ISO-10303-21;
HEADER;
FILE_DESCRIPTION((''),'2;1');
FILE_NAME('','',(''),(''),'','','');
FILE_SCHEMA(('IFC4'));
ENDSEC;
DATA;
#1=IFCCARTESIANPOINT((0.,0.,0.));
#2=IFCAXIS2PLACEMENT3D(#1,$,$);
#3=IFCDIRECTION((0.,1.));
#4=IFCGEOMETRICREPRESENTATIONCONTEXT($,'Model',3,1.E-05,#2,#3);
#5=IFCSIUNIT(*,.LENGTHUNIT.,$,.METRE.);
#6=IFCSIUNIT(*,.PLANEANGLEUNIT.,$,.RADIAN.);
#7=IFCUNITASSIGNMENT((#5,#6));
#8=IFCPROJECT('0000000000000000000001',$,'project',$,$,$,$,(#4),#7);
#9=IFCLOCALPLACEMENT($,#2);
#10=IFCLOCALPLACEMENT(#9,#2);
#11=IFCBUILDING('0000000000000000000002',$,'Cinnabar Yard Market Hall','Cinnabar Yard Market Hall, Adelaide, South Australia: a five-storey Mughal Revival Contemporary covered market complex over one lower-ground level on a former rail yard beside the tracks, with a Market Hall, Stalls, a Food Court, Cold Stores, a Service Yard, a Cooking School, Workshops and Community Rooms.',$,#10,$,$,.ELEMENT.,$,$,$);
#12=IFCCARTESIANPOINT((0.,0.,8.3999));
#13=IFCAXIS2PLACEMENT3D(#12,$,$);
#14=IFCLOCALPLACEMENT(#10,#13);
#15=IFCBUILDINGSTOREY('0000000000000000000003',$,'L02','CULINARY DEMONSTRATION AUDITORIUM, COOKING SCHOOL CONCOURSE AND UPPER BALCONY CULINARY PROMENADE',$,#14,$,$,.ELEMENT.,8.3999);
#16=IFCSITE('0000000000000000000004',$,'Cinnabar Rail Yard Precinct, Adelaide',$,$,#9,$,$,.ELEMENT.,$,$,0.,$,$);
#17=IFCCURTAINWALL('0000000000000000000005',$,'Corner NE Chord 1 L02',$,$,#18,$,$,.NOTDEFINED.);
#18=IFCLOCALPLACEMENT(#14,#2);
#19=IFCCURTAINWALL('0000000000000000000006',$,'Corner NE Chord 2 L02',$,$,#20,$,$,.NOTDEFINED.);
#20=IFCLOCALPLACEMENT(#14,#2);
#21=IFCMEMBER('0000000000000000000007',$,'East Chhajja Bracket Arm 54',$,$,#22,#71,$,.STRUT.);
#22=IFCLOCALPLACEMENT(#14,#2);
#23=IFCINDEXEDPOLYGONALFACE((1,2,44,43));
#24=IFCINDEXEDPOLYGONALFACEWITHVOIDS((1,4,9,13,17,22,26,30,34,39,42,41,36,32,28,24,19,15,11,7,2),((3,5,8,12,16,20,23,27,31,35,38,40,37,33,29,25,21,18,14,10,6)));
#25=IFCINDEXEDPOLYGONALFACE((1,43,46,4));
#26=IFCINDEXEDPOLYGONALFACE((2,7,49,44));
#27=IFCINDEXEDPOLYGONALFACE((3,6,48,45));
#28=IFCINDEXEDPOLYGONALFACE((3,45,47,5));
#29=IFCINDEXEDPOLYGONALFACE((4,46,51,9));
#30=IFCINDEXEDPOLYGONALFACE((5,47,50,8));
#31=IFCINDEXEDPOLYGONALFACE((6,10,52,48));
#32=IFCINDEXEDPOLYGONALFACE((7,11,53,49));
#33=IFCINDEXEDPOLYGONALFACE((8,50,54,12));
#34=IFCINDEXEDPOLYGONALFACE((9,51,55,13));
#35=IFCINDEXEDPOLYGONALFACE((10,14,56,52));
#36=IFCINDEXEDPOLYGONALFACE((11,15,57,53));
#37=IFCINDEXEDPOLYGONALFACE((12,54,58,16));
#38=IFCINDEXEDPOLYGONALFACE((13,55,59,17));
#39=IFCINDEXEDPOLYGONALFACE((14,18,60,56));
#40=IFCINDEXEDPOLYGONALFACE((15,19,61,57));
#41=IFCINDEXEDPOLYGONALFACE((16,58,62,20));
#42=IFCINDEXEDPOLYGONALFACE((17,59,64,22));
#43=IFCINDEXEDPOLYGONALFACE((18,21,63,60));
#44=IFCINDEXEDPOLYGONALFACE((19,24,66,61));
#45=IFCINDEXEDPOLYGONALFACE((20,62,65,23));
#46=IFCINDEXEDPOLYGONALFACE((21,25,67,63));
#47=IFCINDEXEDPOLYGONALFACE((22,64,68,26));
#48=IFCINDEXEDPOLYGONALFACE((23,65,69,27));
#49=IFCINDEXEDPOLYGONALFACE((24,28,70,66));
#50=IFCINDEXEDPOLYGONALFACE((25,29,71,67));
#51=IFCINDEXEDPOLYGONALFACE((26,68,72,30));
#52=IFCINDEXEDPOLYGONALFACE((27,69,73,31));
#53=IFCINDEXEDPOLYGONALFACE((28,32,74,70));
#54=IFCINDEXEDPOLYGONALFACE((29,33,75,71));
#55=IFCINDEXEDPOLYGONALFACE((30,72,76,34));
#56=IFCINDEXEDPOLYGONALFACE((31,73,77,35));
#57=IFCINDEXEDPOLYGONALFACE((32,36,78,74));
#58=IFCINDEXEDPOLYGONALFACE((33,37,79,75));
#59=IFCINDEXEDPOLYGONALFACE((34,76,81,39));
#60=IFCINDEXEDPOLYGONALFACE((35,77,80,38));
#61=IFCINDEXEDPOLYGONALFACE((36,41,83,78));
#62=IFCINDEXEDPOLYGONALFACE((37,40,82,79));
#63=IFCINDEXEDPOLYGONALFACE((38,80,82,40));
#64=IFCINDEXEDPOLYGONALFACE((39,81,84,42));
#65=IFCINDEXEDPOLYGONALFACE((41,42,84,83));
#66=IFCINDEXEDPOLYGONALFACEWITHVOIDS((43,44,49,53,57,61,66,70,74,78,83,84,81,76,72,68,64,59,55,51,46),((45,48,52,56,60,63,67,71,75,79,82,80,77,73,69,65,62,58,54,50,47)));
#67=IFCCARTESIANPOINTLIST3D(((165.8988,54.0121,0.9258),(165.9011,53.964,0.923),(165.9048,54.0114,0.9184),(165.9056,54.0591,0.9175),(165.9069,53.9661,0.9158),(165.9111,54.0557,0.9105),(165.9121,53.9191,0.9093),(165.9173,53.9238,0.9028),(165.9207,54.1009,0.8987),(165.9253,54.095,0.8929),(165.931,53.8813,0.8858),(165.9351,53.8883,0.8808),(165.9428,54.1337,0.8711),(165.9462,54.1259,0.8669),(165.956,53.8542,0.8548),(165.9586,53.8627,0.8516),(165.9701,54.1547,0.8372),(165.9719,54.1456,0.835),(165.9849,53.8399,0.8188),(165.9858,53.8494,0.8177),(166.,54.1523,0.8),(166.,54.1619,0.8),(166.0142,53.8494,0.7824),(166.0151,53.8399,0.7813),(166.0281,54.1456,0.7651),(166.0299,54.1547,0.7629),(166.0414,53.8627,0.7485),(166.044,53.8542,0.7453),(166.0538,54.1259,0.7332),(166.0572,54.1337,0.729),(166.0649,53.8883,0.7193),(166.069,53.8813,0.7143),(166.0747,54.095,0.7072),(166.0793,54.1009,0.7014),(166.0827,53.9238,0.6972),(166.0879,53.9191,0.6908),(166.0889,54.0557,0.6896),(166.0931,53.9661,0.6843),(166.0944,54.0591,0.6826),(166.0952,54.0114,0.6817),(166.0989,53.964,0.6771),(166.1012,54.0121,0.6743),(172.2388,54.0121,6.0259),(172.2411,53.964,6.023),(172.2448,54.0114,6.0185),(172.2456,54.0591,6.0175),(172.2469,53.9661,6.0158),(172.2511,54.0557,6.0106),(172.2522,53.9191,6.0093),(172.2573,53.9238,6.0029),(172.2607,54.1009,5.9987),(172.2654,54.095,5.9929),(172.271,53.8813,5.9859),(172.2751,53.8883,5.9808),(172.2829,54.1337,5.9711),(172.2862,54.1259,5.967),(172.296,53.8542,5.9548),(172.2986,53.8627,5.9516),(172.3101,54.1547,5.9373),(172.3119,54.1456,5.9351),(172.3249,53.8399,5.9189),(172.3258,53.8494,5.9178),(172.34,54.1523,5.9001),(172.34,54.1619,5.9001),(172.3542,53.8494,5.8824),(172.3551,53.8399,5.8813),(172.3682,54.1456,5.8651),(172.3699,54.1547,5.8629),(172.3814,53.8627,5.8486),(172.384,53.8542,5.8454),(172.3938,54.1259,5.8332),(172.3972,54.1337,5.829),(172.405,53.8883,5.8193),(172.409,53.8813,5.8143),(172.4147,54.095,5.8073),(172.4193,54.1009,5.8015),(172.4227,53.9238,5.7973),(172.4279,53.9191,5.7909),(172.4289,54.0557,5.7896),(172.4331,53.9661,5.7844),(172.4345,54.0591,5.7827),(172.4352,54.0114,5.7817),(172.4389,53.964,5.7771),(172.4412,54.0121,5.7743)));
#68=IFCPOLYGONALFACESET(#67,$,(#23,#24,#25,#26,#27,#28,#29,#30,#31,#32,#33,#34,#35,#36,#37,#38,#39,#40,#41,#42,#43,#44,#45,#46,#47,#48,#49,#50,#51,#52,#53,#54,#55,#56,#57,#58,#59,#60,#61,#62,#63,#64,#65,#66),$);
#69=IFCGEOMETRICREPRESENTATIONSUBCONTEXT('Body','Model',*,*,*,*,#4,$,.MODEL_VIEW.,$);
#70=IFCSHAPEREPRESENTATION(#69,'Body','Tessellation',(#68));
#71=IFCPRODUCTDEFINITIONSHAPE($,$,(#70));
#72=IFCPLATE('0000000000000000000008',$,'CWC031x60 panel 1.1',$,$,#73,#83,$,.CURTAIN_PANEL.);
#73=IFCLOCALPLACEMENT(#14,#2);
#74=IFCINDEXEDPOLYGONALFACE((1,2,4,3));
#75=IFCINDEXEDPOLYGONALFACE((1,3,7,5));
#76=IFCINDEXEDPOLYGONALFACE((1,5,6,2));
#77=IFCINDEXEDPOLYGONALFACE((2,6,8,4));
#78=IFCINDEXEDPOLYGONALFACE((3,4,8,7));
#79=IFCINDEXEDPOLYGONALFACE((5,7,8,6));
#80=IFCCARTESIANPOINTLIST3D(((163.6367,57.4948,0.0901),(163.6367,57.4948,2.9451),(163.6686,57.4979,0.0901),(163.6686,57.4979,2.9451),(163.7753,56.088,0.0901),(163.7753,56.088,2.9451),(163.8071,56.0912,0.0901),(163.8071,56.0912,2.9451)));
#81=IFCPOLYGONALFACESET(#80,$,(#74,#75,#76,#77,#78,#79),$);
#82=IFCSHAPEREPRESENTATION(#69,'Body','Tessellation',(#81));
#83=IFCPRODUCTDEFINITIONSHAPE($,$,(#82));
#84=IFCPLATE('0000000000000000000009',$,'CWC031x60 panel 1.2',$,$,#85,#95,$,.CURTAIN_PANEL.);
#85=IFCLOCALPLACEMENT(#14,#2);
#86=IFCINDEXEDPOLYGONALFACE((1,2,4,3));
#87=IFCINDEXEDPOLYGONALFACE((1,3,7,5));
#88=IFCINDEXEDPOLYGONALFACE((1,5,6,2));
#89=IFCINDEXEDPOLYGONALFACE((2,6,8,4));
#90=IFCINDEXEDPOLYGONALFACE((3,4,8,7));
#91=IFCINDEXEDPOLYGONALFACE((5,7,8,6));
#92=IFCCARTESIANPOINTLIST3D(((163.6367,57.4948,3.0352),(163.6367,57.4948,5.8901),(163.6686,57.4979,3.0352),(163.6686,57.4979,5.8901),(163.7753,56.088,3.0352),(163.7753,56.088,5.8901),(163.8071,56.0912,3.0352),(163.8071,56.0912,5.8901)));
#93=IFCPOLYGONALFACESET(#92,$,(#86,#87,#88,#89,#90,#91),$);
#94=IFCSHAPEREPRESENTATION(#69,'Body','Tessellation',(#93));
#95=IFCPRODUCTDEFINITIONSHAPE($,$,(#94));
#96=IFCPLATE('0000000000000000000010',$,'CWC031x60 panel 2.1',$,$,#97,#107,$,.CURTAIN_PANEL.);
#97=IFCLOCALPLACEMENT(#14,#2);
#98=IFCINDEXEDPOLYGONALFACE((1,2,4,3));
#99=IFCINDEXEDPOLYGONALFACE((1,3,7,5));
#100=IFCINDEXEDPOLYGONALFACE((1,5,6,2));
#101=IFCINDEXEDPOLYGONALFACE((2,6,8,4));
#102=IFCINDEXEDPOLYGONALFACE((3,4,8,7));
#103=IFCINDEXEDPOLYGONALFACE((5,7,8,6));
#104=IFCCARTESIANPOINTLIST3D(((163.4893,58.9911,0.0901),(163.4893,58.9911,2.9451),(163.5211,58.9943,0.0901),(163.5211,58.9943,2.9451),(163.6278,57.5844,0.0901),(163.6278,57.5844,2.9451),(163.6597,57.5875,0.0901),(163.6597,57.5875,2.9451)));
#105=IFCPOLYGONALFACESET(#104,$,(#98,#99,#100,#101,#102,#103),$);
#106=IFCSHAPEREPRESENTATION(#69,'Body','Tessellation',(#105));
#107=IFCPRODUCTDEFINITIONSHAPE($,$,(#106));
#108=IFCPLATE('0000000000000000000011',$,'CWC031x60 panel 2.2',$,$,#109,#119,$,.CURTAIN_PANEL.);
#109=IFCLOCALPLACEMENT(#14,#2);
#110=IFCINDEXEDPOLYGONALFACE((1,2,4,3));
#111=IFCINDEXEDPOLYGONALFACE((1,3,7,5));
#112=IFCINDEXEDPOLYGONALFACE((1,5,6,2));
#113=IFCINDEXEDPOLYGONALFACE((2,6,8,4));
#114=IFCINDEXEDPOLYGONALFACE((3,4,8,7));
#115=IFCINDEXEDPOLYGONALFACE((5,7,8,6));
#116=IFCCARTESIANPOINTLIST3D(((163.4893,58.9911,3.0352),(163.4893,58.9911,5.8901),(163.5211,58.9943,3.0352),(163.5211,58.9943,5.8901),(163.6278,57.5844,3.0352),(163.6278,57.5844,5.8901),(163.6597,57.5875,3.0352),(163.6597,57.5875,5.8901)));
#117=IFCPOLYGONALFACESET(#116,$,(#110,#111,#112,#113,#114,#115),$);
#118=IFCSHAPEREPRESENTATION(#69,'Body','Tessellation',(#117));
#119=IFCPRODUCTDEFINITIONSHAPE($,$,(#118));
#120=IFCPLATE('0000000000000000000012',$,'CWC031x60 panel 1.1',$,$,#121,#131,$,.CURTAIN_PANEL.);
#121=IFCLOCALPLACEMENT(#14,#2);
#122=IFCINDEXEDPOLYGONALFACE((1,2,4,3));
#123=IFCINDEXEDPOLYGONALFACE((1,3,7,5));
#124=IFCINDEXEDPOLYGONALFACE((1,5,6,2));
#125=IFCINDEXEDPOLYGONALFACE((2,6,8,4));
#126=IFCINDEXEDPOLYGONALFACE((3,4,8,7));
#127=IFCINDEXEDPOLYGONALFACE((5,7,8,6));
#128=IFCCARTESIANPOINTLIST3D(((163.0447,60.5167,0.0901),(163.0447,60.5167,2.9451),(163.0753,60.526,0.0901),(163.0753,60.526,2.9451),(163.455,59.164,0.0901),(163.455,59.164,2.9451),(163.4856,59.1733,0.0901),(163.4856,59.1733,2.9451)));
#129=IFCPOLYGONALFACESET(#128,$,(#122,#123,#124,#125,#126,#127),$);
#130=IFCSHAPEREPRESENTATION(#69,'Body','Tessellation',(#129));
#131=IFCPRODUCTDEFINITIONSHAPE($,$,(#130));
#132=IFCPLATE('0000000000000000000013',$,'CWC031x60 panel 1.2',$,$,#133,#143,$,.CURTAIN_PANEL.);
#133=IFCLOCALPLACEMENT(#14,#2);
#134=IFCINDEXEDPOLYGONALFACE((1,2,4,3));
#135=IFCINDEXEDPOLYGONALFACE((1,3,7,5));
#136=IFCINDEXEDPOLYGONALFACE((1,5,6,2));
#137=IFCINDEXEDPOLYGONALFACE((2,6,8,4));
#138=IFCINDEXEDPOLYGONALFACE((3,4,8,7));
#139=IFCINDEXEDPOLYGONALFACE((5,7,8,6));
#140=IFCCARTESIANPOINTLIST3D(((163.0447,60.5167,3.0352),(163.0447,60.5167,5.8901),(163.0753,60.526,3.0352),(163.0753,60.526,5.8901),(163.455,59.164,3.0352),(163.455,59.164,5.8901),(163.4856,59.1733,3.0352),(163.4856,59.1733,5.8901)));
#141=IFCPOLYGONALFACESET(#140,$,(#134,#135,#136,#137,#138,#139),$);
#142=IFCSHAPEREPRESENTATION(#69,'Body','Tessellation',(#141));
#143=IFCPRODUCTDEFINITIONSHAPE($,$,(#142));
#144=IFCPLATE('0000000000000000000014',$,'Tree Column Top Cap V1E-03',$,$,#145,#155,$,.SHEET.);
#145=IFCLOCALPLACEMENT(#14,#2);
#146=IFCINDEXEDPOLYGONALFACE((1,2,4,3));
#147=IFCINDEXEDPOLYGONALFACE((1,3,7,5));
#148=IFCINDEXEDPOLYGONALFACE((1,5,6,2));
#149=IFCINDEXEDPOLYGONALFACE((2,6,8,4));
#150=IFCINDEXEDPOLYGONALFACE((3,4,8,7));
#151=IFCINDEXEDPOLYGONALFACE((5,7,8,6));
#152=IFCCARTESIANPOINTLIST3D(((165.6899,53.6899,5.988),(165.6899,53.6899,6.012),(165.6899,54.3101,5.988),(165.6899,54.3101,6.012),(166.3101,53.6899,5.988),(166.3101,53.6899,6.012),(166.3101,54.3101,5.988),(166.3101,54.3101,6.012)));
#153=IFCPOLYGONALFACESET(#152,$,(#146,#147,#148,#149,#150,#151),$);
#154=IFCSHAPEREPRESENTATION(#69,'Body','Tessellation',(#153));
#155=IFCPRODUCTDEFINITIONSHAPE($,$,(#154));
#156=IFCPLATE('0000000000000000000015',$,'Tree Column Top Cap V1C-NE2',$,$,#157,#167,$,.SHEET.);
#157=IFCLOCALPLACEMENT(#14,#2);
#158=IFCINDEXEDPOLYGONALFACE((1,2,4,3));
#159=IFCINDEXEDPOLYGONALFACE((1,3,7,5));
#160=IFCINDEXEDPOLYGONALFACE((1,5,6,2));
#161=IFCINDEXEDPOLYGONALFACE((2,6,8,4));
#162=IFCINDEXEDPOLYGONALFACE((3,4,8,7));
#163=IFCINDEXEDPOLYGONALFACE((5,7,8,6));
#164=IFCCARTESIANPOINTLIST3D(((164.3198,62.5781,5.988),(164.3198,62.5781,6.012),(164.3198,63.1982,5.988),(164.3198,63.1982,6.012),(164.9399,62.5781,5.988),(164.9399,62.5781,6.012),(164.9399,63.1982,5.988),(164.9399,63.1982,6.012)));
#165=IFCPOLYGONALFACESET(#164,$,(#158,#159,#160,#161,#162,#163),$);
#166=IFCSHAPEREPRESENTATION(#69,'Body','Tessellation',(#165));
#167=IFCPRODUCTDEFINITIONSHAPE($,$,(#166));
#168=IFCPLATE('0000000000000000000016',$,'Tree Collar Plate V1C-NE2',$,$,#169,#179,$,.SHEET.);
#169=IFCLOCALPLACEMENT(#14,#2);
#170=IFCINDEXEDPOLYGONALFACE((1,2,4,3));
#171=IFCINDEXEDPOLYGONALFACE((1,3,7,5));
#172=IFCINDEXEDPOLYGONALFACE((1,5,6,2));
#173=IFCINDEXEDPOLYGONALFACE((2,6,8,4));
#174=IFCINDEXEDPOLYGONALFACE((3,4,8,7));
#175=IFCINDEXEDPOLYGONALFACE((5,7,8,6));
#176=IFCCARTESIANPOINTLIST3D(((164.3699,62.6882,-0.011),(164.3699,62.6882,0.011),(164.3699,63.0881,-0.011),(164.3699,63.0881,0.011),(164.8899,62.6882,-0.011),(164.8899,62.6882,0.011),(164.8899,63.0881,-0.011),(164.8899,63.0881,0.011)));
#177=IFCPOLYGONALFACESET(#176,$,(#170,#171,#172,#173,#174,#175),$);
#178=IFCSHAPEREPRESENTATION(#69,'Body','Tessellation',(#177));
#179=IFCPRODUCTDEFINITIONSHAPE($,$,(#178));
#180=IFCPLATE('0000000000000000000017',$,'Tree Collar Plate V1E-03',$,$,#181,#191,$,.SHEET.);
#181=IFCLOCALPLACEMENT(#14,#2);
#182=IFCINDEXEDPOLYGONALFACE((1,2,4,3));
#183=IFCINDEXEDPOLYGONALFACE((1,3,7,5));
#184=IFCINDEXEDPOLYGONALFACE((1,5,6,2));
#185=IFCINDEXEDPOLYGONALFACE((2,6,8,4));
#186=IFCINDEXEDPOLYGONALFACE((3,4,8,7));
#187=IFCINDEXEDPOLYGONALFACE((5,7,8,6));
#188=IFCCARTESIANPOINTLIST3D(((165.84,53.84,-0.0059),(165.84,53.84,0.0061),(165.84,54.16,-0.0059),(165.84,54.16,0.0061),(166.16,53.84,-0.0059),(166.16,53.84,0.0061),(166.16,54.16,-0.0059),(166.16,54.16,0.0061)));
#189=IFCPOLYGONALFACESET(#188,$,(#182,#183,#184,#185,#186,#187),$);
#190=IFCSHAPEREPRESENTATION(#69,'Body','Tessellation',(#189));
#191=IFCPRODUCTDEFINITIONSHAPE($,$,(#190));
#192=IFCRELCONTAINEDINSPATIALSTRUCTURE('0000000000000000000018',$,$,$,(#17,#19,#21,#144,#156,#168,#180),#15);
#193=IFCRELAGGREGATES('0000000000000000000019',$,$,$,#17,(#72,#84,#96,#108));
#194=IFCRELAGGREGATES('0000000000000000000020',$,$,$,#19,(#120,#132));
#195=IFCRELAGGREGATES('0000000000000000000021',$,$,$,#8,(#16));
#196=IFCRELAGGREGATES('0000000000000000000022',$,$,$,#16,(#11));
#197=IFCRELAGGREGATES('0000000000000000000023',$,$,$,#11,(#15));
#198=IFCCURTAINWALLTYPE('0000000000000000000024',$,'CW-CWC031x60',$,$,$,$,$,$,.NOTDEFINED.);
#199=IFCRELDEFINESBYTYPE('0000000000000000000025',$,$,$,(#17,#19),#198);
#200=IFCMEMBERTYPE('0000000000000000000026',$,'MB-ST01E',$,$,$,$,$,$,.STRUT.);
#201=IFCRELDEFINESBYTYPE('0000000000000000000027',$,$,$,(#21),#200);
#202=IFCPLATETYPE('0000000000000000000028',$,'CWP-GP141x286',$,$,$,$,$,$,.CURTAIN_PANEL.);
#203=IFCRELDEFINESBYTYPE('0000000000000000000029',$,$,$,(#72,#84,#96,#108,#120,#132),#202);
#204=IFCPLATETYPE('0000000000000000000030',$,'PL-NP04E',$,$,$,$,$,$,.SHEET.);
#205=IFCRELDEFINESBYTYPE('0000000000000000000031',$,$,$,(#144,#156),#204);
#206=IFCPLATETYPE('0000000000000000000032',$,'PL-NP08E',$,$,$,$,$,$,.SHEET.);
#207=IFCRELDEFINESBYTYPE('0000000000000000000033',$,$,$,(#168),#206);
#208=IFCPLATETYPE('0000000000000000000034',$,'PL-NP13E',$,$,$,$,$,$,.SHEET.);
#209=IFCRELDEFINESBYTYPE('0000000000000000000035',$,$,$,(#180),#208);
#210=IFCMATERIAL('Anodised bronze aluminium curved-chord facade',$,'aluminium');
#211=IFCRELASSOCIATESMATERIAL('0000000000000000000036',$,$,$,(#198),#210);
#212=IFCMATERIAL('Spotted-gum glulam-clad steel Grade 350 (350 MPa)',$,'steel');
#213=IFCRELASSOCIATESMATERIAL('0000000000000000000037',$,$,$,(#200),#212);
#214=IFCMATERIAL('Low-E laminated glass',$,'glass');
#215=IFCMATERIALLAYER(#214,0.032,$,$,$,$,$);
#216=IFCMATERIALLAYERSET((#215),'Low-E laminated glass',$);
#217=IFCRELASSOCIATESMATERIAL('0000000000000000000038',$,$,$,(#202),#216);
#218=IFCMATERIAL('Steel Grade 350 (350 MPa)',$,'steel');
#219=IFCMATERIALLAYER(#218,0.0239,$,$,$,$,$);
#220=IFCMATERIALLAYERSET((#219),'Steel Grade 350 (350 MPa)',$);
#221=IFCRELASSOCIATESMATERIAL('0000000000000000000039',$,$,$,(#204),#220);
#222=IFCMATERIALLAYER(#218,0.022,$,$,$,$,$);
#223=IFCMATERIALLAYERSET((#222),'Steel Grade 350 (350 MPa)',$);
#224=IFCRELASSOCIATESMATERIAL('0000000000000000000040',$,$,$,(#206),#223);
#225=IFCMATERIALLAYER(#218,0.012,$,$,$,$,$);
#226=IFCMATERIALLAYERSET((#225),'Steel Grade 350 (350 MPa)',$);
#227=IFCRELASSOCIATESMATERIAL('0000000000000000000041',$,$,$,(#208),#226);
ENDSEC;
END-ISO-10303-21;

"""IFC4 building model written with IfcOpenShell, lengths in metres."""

from ifc_helpers import new_model, si_unit, direction, frame, origin, origin_2d_with_axis, place, context, subcontext, project, spatial, rectangle, hollow_circle, extrude, material, layer, layer_set, material_profile, profile_set, type_object, element, aggregate, save


model = new_model("IFC4")

# Units and contexts
model_context = context("Model", 3, precision=1e-05, world=origin(), true_north=direction((0.0, 1.0)))
body_context = subcontext(model_context, "Body", "Model", "MODEL_VIEW")
ifc_project = project(units=[si_unit("LENGTHUNIT", "METRE"), si_unit("PLANEANGLEUNIT", "RADIAN")], contexts=[model_context])

# Site, building, storey
site_placement = place(None, origin())
site = spatial("IfcSite", under=ifc_project, at=site_placement, Name="Cinnabar Rail Yard Precinct, Adelaide", CompositionType="ELEMENT", RefElevation=0.0)
building_placement = place(site_placement, origin())
building = spatial("IfcBuilding", under=site, at=building_placement, Name="Cinnabar Yard Market Hall", Description="Cinnabar Yard Market Hall, Adelaide, South Australia: a five-storey Mughal Revival Contemporary covered market complex over one lower-ground level on a former rail yard beside the tracks, with a Market Hall, Stalls, a Food Court, Cold Stores, a Service Yard, a Cooking School, Workshops and Community Rooms.", CompositionType="ELEMENT")
storey_placement = place(building_placement, frame((0.0, 0.0, 8.3999)))
storey = spatial("IfcBuildingStorey", under=building, at=storey_placement, Name="L02", Description="CULINARY DEMONSTRATION AUDITORIUM, COOKING SCHOOL CONCOURSE AND UPPER BALCONY CULINARY PROMENADE", CompositionType="ELEMENT", Elevation=8.3999)

# Shared definitions
ifc_material_1 = material(Name="Spotted-gum glulam-clad steel Grade 350 (350 MPa)", Category="steel")

# Curtain walls
ifc_material_2 = material(Name="Anodised bronze aluminium curved-chord facade", Category="aluminium")
curtain_wall_type_1 = type_object("IfcCurtainWallType", Name="CW-CWC031x60", PredefinedType="NOTDEFINED", material=ifc_material_2)
curtain_wall_1_placement = place(storey_placement, origin())
curtain_wall_1 = element("IfcCurtainWall", 1, at=curtain_wall_1_placement, inside=storey, type_object=curtain_wall_type_1, Name="Corner NE Chord 1 L02", PredefinedType="NOTDEFINED")
curtain_wall_2_placement = place(storey_placement, origin())
curtain_wall_2 = element("IfcCurtainWall", 2, at=curtain_wall_2_placement, inside=storey, type_object=curtain_wall_type_1, Name="Corner NE Chord 2 L02", PredefinedType="NOTDEFINED")

# Member
ifc_material_profile_1 = material_profile(ifc_material_1, hollow_circle(Radius=0.1619, WallThickness=0.0095, at=origin_2d_with_axis()), Name="323.9x9.5CHS")
ifc_profile_set_1 = profile_set([ifc_material_profile_1], Name="Spotted-gum glulam-clad steel Grade 350 (350 MPa)")
member_type_1 = type_object("IfcMemberType", Name="MB-ST01E", PredefinedType="STRUT", material=ifc_profile_set_1)
member_1_placement = place(storey_placement, frame((166.0, 54.0, 0.8), z_axis=(0.779186, 0.0, 0.626793), x_axis=(0.0, 1.0, 0.0)))
element("IfcMember", 3, at=member_1_placement, inside=storey, type_object=member_type_1, Name="East Chhajja Bracket Arm 54", PredefinedType="STRUT", context=body_context, shape_type="SweptSolid", body=[
    extrude(hollow_circle(Radius=0.1619, WallThickness=0.0095, at=origin_2d_with_axis()), origin(), (0.0, 0.0, 1.0), 8.1367),
])

# Plates
ifc_material_3 = material(Name="Low-E laminated glass", Category="glass")
ifc_layer_1 = layer(ifc_material_3, 0.032)
ifc_layer_set_1 = layer_set([ifc_layer_1], Name="Low-E laminated glass")
plate_type_1 = type_object("IfcPlateType", Name="CWP-GP141x286", PredefinedType="CURTAIN_PANEL", material=ifc_layer_set_1)
plate_1_placement = place(storey_placement, frame((163.7219, 56.793, 0.0901), z_axis=(0.0, 0.0, 1.0), x_axis=(-0.09802, 0.995184, 0.0)))
plate_1 = element("IfcPlate", 4, at=plate_1_placement, type_object=plate_type_1, Name="CWC031x60 panel 1.1", PredefinedType="CURTAIN_PANEL", context=body_context, shape_type="SweptSolid", body=[
    extrude(rectangle(XDim=1.4136, YDim=0.032, at=origin_2d_with_axis()), origin(), (0.0, 0.0, 1.0), 2.855),
])
plate_2_placement = place(storey_placement, frame((163.7219, 56.793, 3.0352), z_axis=(0.0, 0.0, 1.0), x_axis=(-0.09802, 0.995184, 0.0)))
plate_2 = element("IfcPlate", 5, at=plate_2_placement, type_object=plate_type_1, Name="CWC031x60 panel 1.2", PredefinedType="CURTAIN_PANEL", context=body_context, shape_type="SweptSolid", body=[
    extrude(rectangle(XDim=1.4136, YDim=0.032, at=origin_2d_with_axis()), origin(), (0.0, 0.0, 1.0), 2.855),
])
plate_3_placement = place(storey_placement, frame((163.5745, 58.2893, 0.0901), z_axis=(0.0, 0.0, 1.0), x_axis=(-0.09802, 0.995184, 0.0)))
plate_3 = element("IfcPlate", 6, at=plate_3_placement, type_object=plate_type_1, Name="CWC031x60 panel 2.1", PredefinedType="CURTAIN_PANEL", context=body_context, shape_type="SweptSolid", body=[
    extrude(rectangle(XDim=1.4136, YDim=0.032, at=origin_2d_with_axis()), origin(), (0.0, 0.0, 1.0), 2.855),
])
plate_4_placement = place(storey_placement, frame((163.5745, 58.2893, 3.0352), z_axis=(0.0, 0.0, 1.0), x_axis=(-0.09802, 0.995184, 0.0)))
plate_4 = element("IfcPlate", 7, at=plate_4_placement, type_object=plate_type_1, Name="CWC031x60 panel 2.2", PredefinedType="CURTAIN_PANEL", context=body_context, shape_type="SweptSolid", body=[
    extrude(rectangle(XDim=1.4136, YDim=0.032, at=origin_2d_with_axis()), origin(), (0.0, 0.0, 1.0), 2.855),
])
aggregate(curtain_wall_1, [plate_1, plate_2, plate_3, plate_4])
plate_5_placement = place(storey_placement, frame((163.2651, 59.845, 0.0901), z_axis=(0.0, 0.0, 1.0), x_axis=(-0.290279, 0.956942, 0.0)))
plate_5 = element("IfcPlate", 8, at=plate_5_placement, type_object=plate_type_1, Name="CWC031x60 panel 1.1", PredefinedType="CURTAIN_PANEL", context=body_context, shape_type="SweptSolid", body=[
    extrude(rectangle(XDim=1.4136, YDim=0.032, at=origin_2d_with_axis()), origin(), (0.0, 0.0, 1.0), 2.855),
])
plate_6_placement = place(storey_placement, frame((163.2651, 59.845, 3.0352), z_axis=(0.0, 0.0, 1.0), x_axis=(-0.290279, 0.956942, 0.0)))
plate_6 = element("IfcPlate", 9, at=plate_6_placement, type_object=plate_type_1, Name="CWC031x60 panel 1.2", PredefinedType="CURTAIN_PANEL", context=body_context, shape_type="SweptSolid", body=[
    extrude(rectangle(XDim=1.4136, YDim=0.032, at=origin_2d_with_axis()), origin(), (0.0, 0.0, 1.0), 2.855),
])
aggregate(curtain_wall_2, [plate_5, plate_6])

# Plates
ifc_material_4 = material(Name="Steel Grade 350 (350 MPa)", Category="steel")
ifc_layer_2 = layer(ifc_material_4, 0.0239)
ifc_layer_set_2 = layer_set([ifc_layer_2], Name="Steel Grade 350 (350 MPa)")
plate_type_2 = type_object("IfcPlateType", Name="PL-NP04E", PredefinedType="SHEET", material=ifc_layer_set_2)
for number, where, z_axis, x_axis, name in (
    (10, (166.0, 54.0, 5.988), (0.0, 0.0, 1.0), (1.0, 0.0, 0.0), "Tree Column Top Cap V1E-03"),
    (11, (164.6299, 62.8882, 5.988), (0.0, 0.0, 1.0), (1.0, 0.0, 0.0), "Tree Column Top Cap V1C-NE2"),
):
    element("IfcPlate", number, at=place(storey_placement, frame(where, z_axis=z_axis, x_axis=x_axis)), inside=storey, type_object=plate_type_2, Name=name, PredefinedType="SHEET", context=body_context, shape_type="SweptSolid", body=[
        extrude(rectangle(XDim=0.6201, YDim=0.6201, at=origin_2d_with_axis()), origin(), (0.0, 0.0, 1.0), 0.0239),
    ])
ifc_layer_3 = layer(ifc_material_4, 0.022)
ifc_layer_set_3 = layer_set([ifc_layer_3], Name="Steel Grade 350 (350 MPa)")
plate_type_3 = type_object("IfcPlateType", Name="PL-NP08E", PredefinedType="SHEET", material=ifc_layer_set_3)
plate_7_placement = place(storey_placement, frame((164.6299, 62.8882, -0.011), z_axis=(0.0, 0.0, 1.0), x_axis=(1.0, 0.0, 0.0)))
element("IfcPlate", 12, at=plate_7_placement, inside=storey, type_object=plate_type_3, Name="Tree Collar Plate V1C-NE2", PredefinedType="SHEET", context=body_context, shape_type="SweptSolid", body=[
    extrude(rectangle(XDim=0.52, YDim=0.3999, at=origin_2d_with_axis()), origin(), (0.0, 0.0, 1.0), 0.022),
])
ifc_layer_4 = layer(ifc_material_4, 0.012)
ifc_layer_set_4 = layer_set([ifc_layer_4], Name="Steel Grade 350 (350 MPa)")
plate_type_4 = type_object("IfcPlateType", Name="PL-NP13E", PredefinedType="SHEET", material=ifc_layer_set_4)
plate_8_placement = place(storey_placement, frame((166.0, 54.0, -0.0059), z_axis=(0.0, 0.0, 1.0), x_axis=(1.0, 0.0, 0.0)))
element("IfcPlate", 13, at=plate_8_placement, inside=storey, type_object=plate_type_4, Name="Tree Collar Plate V1E-03", PredefinedType="SHEET", context=body_context, shape_type="SweptSolid", body=[
    extrude(rectangle(XDim=0.3201, YDim=0.3201, at=origin_2d_with_axis()), origin(), (0.0, 0.0, 1.0), 0.012),
])

save(model, "model.ifc")
